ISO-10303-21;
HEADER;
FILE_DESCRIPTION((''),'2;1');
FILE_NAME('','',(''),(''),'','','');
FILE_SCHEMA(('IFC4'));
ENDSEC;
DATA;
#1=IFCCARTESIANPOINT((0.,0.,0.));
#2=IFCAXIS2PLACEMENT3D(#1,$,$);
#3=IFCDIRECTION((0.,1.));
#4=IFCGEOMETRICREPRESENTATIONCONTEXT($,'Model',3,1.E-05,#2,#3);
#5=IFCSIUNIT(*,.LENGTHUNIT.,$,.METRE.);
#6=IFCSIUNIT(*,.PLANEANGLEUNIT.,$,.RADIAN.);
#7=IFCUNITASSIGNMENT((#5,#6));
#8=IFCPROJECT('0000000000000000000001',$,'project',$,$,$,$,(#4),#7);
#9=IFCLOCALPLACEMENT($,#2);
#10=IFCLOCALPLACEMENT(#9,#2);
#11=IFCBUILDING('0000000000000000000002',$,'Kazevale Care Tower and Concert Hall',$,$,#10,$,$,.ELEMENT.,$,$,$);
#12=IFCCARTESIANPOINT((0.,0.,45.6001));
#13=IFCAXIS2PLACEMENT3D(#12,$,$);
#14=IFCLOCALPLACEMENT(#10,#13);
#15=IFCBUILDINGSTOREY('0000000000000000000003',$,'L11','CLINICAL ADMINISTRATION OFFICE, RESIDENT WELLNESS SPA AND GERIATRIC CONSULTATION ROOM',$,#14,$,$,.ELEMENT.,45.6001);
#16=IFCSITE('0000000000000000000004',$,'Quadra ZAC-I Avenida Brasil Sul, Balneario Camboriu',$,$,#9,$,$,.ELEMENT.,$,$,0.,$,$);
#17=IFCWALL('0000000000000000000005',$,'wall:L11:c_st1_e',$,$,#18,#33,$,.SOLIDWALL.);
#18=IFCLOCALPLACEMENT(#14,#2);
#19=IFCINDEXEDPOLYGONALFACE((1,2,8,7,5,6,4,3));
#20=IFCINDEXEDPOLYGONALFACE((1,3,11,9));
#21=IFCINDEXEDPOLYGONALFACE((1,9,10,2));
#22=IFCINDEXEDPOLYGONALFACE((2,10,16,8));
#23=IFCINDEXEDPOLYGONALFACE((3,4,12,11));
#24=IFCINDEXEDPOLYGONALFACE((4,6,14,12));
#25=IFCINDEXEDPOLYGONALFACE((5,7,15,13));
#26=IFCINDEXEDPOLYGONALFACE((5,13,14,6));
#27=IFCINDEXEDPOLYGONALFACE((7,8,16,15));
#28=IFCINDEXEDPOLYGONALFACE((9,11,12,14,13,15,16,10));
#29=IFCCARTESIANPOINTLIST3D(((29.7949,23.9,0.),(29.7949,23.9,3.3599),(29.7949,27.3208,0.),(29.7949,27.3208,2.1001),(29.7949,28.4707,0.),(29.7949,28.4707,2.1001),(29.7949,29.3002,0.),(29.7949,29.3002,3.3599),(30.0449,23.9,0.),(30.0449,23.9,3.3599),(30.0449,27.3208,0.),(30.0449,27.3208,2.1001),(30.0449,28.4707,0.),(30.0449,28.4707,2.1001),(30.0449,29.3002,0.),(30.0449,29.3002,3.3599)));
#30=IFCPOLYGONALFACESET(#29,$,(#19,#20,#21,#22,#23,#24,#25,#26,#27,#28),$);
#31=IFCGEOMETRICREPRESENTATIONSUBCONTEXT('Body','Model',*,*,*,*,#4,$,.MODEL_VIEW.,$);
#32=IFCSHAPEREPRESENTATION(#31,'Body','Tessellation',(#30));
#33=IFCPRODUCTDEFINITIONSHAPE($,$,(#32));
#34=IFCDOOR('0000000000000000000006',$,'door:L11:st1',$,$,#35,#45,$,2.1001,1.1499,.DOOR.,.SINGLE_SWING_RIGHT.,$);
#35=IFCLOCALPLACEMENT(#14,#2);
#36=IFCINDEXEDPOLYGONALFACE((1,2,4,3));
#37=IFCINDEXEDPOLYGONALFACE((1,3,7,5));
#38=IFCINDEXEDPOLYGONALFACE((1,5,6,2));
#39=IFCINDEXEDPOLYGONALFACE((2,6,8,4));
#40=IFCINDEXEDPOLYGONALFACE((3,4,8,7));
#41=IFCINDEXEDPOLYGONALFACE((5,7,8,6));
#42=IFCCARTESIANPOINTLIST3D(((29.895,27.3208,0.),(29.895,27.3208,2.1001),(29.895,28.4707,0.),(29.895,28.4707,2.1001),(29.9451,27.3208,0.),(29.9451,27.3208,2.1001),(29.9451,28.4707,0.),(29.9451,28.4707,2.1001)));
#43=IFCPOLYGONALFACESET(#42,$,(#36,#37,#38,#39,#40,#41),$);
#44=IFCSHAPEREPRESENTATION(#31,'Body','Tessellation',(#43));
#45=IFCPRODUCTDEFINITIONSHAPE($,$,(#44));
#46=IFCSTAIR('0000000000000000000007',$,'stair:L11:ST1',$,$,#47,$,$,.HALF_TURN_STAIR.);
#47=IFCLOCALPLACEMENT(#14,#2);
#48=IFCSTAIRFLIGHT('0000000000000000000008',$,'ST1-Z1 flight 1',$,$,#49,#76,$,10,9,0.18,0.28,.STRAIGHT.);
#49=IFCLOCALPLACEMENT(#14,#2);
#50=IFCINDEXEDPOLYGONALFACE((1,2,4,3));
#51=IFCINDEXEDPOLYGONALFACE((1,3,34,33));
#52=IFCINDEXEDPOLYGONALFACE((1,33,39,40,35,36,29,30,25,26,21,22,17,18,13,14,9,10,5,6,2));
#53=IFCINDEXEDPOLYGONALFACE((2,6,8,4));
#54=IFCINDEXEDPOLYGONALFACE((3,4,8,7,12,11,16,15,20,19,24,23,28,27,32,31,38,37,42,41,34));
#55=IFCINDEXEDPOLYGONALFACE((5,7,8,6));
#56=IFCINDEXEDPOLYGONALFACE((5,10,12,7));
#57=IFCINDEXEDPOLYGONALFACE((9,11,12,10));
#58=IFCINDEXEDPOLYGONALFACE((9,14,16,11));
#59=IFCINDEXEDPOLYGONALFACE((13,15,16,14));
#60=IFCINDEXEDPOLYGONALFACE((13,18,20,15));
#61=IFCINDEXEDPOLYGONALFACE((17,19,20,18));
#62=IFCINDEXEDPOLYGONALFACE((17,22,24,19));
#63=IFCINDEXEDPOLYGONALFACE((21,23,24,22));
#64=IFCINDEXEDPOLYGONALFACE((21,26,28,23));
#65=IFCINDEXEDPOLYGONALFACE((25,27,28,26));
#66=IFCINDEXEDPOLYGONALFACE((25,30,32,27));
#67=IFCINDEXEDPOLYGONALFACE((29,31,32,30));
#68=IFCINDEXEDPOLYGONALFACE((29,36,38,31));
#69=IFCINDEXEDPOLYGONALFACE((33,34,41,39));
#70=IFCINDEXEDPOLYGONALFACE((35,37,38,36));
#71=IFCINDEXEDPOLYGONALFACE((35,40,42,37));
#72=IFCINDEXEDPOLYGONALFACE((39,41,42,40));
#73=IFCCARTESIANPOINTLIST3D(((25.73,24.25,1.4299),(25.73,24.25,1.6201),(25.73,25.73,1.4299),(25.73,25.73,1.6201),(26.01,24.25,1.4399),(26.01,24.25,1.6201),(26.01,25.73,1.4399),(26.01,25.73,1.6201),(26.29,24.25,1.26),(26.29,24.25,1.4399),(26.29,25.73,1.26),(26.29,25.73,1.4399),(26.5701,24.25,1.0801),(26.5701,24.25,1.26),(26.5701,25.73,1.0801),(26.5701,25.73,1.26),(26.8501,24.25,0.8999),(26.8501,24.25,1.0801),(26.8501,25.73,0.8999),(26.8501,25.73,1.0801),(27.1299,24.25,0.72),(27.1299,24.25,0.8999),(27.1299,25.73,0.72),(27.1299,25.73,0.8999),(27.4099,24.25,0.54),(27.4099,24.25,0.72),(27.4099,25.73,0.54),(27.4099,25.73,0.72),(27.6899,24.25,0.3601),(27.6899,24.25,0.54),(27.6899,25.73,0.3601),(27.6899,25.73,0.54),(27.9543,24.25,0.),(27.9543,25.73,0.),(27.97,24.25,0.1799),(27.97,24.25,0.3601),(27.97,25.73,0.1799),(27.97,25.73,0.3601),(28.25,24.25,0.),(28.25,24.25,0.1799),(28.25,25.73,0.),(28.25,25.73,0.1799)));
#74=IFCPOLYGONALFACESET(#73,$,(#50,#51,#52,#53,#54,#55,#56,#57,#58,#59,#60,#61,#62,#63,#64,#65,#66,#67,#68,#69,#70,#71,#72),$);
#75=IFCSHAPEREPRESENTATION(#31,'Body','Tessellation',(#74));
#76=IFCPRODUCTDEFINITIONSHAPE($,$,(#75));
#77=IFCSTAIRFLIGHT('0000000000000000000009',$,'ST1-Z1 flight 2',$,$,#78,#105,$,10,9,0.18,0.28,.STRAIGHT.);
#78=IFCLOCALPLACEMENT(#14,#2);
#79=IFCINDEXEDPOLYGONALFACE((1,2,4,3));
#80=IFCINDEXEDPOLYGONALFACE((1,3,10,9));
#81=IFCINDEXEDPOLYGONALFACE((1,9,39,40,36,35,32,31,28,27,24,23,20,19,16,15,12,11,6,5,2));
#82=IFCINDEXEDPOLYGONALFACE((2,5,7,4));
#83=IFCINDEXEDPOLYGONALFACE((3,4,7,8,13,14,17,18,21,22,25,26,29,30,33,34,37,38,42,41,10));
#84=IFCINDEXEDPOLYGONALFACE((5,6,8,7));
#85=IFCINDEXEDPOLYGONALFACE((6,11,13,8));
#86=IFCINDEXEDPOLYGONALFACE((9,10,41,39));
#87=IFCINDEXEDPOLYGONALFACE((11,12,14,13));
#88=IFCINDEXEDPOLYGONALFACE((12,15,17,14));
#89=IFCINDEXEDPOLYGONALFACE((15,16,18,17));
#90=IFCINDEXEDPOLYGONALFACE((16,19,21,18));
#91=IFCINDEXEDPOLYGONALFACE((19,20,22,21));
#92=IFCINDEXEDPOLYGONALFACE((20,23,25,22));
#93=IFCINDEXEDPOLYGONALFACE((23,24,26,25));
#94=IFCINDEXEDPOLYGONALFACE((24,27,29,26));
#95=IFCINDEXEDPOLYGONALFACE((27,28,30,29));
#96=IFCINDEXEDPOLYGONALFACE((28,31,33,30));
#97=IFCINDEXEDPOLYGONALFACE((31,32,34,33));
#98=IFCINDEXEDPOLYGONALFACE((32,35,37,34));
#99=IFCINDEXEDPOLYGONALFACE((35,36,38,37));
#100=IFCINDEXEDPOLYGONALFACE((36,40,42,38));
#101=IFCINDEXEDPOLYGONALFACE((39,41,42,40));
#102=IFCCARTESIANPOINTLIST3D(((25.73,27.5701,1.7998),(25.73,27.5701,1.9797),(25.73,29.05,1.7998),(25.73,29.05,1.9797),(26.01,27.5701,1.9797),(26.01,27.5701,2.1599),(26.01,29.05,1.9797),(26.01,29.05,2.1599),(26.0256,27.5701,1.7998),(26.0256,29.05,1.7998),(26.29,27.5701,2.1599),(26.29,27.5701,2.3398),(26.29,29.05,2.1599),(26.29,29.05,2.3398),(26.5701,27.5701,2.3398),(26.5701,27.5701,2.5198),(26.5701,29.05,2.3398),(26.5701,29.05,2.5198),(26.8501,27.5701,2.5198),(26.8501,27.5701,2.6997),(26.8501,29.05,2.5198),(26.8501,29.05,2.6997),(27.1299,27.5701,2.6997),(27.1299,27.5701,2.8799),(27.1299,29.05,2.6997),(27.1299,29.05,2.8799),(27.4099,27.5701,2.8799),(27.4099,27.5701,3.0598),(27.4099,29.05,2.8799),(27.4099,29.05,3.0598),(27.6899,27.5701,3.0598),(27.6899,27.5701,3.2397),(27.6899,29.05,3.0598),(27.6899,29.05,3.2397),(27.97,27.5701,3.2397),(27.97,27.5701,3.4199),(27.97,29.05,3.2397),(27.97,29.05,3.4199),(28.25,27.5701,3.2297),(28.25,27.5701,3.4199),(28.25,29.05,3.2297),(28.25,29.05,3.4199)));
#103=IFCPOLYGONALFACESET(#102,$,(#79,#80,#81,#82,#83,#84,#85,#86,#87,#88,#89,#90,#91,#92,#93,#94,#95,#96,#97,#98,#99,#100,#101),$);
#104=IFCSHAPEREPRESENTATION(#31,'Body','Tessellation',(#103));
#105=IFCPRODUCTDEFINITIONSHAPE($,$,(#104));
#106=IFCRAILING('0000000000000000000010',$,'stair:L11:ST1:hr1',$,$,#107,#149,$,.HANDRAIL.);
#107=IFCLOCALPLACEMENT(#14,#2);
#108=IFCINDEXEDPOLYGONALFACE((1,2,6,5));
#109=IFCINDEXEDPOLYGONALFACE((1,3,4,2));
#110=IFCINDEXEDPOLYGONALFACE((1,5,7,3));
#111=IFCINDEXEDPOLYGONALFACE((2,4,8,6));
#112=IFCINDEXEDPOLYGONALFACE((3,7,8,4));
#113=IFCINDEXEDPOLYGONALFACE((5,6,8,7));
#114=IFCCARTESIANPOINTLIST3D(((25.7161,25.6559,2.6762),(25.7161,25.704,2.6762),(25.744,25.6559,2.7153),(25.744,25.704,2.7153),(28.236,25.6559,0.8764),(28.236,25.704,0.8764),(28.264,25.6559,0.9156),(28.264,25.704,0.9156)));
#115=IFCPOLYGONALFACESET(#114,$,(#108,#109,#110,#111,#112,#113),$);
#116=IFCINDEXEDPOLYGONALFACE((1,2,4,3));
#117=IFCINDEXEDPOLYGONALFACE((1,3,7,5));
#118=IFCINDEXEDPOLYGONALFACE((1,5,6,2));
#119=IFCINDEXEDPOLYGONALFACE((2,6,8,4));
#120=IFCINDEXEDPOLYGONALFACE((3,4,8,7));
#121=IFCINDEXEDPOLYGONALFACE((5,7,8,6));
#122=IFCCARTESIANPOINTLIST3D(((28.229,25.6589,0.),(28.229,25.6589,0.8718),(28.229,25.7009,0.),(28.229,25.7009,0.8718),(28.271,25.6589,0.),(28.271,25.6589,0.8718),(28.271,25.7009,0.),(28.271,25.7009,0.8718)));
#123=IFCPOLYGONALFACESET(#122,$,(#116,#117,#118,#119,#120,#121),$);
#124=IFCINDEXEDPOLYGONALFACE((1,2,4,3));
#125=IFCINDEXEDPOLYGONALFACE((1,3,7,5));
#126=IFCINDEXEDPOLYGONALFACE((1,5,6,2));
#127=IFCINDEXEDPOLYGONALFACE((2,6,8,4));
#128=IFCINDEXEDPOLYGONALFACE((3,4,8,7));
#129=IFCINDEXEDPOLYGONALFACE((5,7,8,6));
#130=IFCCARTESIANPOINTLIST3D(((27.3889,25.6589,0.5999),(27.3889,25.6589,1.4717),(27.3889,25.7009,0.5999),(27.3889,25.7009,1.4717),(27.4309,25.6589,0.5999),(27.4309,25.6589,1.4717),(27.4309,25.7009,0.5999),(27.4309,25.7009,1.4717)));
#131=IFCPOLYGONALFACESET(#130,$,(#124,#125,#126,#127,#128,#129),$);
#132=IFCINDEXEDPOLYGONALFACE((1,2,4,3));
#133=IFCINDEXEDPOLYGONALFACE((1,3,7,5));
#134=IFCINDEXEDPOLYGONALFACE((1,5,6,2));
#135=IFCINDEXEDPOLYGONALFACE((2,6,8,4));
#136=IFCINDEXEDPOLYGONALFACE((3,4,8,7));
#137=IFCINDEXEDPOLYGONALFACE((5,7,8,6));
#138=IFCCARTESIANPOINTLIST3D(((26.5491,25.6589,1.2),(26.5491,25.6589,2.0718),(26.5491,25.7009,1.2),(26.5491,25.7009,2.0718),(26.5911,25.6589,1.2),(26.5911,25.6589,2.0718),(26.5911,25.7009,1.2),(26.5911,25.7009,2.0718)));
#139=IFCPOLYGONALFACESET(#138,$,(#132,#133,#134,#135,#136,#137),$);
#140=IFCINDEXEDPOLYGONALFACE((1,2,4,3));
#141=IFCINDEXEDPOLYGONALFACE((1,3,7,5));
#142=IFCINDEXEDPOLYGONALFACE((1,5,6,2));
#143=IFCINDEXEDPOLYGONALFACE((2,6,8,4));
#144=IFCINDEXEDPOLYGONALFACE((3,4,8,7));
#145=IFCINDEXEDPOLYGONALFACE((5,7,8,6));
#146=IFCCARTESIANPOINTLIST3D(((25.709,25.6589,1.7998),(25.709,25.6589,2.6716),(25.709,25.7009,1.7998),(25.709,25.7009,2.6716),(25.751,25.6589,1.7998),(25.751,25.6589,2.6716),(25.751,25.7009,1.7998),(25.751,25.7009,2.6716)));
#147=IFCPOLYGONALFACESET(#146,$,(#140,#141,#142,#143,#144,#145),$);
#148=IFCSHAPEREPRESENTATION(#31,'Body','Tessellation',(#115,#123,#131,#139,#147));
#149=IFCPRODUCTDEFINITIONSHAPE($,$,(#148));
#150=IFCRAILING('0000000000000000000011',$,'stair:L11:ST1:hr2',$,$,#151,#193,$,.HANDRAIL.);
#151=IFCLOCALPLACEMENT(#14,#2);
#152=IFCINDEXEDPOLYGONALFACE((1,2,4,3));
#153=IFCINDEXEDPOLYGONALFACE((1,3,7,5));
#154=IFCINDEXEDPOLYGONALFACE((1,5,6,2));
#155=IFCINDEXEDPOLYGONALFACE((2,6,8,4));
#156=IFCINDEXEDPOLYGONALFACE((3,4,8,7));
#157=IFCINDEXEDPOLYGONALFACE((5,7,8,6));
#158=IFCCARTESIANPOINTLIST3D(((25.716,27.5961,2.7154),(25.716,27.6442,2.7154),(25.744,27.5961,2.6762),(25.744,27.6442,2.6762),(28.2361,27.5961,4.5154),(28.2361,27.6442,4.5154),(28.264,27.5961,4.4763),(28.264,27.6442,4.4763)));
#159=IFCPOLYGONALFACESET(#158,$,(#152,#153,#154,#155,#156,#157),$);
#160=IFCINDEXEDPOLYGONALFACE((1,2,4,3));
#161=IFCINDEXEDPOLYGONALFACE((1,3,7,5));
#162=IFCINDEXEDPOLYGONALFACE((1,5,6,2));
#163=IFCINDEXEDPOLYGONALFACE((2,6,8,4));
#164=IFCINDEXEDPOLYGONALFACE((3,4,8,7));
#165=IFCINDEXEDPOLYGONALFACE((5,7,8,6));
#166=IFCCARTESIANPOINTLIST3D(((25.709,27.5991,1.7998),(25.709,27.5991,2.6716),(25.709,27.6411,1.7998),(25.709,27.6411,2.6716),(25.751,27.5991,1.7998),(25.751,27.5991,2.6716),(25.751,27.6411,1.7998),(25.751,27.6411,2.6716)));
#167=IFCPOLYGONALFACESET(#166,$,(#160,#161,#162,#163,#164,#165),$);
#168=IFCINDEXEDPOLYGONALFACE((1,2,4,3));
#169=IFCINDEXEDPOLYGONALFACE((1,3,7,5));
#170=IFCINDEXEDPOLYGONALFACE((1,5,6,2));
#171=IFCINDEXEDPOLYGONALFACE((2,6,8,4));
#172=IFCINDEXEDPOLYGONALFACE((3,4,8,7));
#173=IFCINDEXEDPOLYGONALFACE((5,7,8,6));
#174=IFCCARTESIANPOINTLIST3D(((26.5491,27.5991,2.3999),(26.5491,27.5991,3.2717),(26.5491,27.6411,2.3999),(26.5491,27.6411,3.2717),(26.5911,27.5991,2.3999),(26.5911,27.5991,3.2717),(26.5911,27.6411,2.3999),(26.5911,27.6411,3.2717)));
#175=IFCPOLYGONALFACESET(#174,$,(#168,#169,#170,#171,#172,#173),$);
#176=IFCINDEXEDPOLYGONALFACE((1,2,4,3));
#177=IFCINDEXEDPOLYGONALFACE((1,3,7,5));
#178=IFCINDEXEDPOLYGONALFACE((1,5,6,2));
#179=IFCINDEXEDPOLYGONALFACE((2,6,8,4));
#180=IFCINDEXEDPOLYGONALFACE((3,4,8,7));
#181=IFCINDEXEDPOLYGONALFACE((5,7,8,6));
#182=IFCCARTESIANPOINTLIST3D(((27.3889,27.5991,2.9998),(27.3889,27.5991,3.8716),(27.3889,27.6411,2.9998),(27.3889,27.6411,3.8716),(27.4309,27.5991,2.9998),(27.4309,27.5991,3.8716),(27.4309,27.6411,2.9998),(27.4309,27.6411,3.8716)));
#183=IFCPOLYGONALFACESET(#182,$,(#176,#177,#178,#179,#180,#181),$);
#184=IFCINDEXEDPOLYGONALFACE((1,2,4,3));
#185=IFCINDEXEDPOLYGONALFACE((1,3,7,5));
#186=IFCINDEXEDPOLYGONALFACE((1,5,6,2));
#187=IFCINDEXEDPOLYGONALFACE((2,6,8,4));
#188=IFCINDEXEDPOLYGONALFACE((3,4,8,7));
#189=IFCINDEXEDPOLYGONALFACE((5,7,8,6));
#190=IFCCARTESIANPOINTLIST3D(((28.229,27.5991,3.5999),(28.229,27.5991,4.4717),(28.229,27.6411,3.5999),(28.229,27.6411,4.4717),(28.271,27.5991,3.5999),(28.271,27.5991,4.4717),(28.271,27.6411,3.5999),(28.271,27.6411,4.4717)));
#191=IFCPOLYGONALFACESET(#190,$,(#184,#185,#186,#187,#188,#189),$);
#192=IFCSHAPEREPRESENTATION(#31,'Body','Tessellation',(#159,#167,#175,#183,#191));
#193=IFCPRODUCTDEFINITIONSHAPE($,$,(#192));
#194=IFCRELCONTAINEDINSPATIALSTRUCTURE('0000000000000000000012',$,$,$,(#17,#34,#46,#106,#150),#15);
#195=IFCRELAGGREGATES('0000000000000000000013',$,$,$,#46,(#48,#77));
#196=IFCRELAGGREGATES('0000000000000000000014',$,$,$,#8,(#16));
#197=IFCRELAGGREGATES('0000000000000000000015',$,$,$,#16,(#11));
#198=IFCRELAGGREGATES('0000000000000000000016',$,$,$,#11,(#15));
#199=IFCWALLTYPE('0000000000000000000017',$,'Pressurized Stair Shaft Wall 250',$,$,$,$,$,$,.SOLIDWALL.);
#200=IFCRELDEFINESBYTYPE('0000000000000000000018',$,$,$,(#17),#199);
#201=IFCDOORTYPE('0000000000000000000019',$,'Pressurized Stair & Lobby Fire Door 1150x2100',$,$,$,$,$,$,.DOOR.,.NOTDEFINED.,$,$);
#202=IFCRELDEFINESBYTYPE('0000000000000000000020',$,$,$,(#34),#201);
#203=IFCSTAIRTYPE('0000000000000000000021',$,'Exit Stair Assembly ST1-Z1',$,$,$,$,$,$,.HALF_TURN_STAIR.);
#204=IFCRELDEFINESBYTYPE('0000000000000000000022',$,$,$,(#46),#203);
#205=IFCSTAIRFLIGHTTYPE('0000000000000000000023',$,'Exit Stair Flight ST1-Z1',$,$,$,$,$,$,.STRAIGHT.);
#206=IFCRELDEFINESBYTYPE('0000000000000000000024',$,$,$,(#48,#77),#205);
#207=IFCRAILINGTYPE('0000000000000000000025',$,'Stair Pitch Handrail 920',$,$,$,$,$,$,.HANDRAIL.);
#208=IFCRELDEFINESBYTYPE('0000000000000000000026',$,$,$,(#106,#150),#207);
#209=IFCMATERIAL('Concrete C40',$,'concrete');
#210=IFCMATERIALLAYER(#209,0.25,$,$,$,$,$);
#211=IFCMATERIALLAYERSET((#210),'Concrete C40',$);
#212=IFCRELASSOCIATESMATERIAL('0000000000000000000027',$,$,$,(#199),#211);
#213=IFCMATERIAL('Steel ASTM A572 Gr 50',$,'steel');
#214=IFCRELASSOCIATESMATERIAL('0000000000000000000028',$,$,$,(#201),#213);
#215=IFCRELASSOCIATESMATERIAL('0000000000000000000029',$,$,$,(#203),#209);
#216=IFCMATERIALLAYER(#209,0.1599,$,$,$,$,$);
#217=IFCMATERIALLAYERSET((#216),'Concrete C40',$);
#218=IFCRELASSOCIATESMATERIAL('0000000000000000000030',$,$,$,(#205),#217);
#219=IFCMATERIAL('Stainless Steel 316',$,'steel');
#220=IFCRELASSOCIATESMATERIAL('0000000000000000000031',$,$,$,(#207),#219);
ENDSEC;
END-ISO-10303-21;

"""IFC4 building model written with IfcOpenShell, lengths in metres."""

from ifc_helpers import new_model, si_unit, direction, frame, frame_2d, origin, origin_2d, place, context, subcontext, project, spatial, polyline, rectangle, outline, extrude, material, layer, layer_set, type_object, element, fill, aggregate, save


model = new_model("IFC4")

# Units and contexts
model_context = context("Model", 3, precision=1e-05, world=origin(), true_north=direction((0.0, 1.0)))
body_context = subcontext(model_context, "Body", "Model", "MODEL_VIEW")
ifc_project = project(units=[si_unit("LENGTHUNIT", "METRE"), si_unit("PLANEANGLEUNIT", "RADIAN")], contexts=[model_context])

# Site, building, storey
site_placement = place(None, origin())
site = spatial("IfcSite", under=ifc_project, at=site_placement, Name="Quadra ZAC-I Avenida Brasil Sul, Balneario Camboriu", CompositionType="ELEMENT", RefElevation=0.0)
building_placement = place(site_placement, origin())
building = spatial("IfcBuilding", under=site, at=building_placement, Name="Kazevale Care Tower and Concert Hall", CompositionType="ELEMENT")
storey_placement = place(building_placement, frame((0.0, 0.0, 45.6001)))
storey = spatial("IfcBuildingStorey", under=building, at=storey_placement, Name="L11", Description="CLINICAL ADMINISTRATION OFFICE, RESIDENT WELLNESS SPA AND GERIATRIC CONSULTATION ROOM", CompositionType="ELEMENT", Elevation=45.6001)

# Shared definitions
ifc_material_1 = material(Name="Steel ASTM A572 Gr 50", Category="steel")

# Shared definitions
ifc_material_2 = material(Name="Concrete C40", Category="concrete")
ifc_material_3 = material(Name="Stainless Steel 316", Category="steel")

# Wall, opening, door
ifc_layer_1 = layer(ifc_material_2, 0.25)
ifc_layer_set_1 = layer_set([ifc_layer_1], Name="Concrete C40")
wall_type_1 = type_object("IfcWallType", Name="Pressurized Stair Shaft Wall 250", PredefinedType="SOLIDWALL", material=ifc_layer_set_1)
wall_1_placement = place(storey_placement, frame((29.9199, 23.8999, 0.0), z_axis=(0.0, 0.0, 1.0), x_axis=(0.0, 1.0, 0.0)))
wall_1 = element("IfcWall", 1, at=wall_1_placement, inside=storey, type_object=wall_type_1, Name="wall:L11:c_st1_e", PredefinedType="SOLIDWALL", context=body_context, shape_type="SweptSolid", body=[
    extrude(rectangle(XDim=5.4001, YDim=0.25, at=frame_2d((2.7002, 0.0))), origin(), (0.0, 0.0, 1.0), 3.3599),
])
opening_1_placement = place(wall_1_placement, frame((3.4209, 0.0, 0.0)))
opening_1 = element("IfcOpeningElement", 2, at=opening_1_placement, cuts=wall_1, PredefinedType="OPENING", context=body_context, shape_type="SweptSolid", body=[
    extrude(rectangle(XDim=1.1499, YDim=2.1001, at=frame_2d((0.575, 1.05))), frame((0.0, 0.135, 0.0), z_axis=(0.0, -1.0, 0.0), x_axis=(1.0, 0.0, 0.0)), (0.0, 0.0, 1.0), 0.27),
])
door_type_1 = type_object("IfcDoorType", Name="Pressurized Stair & Lobby Fire Door 1150x2100", OperationType="NOTDEFINED", PredefinedType="DOOR", material=ifc_material_1)
door_1_placement = place(opening_1_placement, origin())
door_1 = element("IfcDoor", 3, at=door_1_placement, inside=storey, type_object=door_type_1, Name="door:L11:st1", OperationType="SINGLE_SWING_RIGHT", OverallHeight=2.1001, OverallWidth=1.1499, PredefinedType="DOOR", context=body_context, shape_type="SweptSolid", body=[
    extrude(rectangle(XDim=1.1499, YDim=2.1001, at=frame_2d((0.575, 1.05))), frame((0.0, 0.0249, 0.0), z_axis=(0.0, -1.0, 0.0), x_axis=(1.0, 0.0, 0.0)), (0.0, 0.0, 1.0), 0.05),
])
fill(opening_1, door_1)

# Stair, stair flights
stair_type = type_object("IfcStairType", Name="Exit Stair Assembly ST1-Z1", PredefinedType="HALF_TURN_STAIR", material=ifc_material_2)
stair_placement = place(storey_placement, origin())
stair = element("IfcStair", 4, at=stair_placement, inside=storey, type_object=stair_type, Name="stair:L11:ST1", PredefinedType="HALF_TURN_STAIR")
ifc_layer_2 = layer(ifc_material_2, 0.1599)
ifc_layer_set_2 = layer_set([ifc_layer_2], Name="Concrete C40")
stair_flight_type = type_object("IfcStairFlightType", Name="Exit Stair Flight ST1-Z1", PredefinedType="STRAIGHT", material=ifc_layer_set_2)
stair_flight_1_placement = place(storey_placement, frame((28.25, 24.99, 0.0), z_axis=(0.0, 0.0, 1.0), x_axis=(-1.0, 0.0, 0.0)))
stair_flight_1 = element("IfcStairFlight", 5, at=stair_flight_1_placement, type_object=stair_flight_type, Name="ST1-Z1 flight 1", NumberOfRisers=10, NumberOfTreads=9, PredefinedType="STRAIGHT", RiserHeight=0.18, TreadLength=0.28, context=body_context, shape_type="SweptSolid", body=[
    extrude(outline(polyline([(0.0, 0.0), (0.0, 0.1799), (0.28, 0.1799), (0.28, 0.3601), (0.5601, 0.3601), (0.5601, 0.54), (0.8401, 0.54), (0.8401, 0.72), (1.1201, 0.72), (1.1201, 0.8999), (1.3999, 0.8999), (1.3999, 1.0801), (1.6799, 1.0801), (1.6799, 1.26), (1.96, 1.26), (1.96, 1.4399), (2.24, 1.4399), (2.24, 1.6201), (2.52, 1.6201), (2.52, 1.8), (2.52, 1.4299), (0.2957, 0.0), (0.0, 0.0)])), frame((0.0, 0.74, 0.0), z_axis=(0.0, -1.0, 0.0), x_axis=(1.0, 0.0, 0.0)), (0.0, 0.0, 1.0), 1.48),
])
stair_flight_2_placement = place(storey_placement, frame((25.73, 28.3101, 1.7998), z_axis=(0.0, 0.0, 1.0), x_axis=(1.0, 0.0, 0.0)))
stair_flight_2 = element("IfcStairFlight", 6, at=stair_flight_2_placement, type_object=stair_flight_type, Name="ST1-Z1 flight 2", NumberOfRisers=10, NumberOfTreads=9, PredefinedType="STRAIGHT", RiserHeight=0.18, TreadLength=0.28, context=body_context, shape_type="SweptSolid", body=[
    extrude(outline(polyline([(0.0, 0.0), (0.0, 0.1799), (0.28, 0.1799), (0.28, 0.3601), (0.5601, 0.3601), (0.5601, 0.54), (0.8401, 0.54), (0.8401, 0.72), (1.1201, 0.72), (1.1201, 0.8999), (1.3999, 0.8999), (1.3999, 1.0801), (1.6799, 1.0801), (1.6799, 1.26), (1.96, 1.26), (1.96, 1.4399), (2.24, 1.4399), (2.24, 1.6201), (2.52, 1.6201), (2.52, 1.8), (2.52, 1.4299), (0.2957, 0.0), (0.0, 0.0)])), frame((0.0, 0.74, 0.0), z_axis=(0.0, -1.0, 0.0), x_axis=(1.0, 0.0, 0.0)), (0.0, 0.0, 1.0), 1.48),
])
aggregate(stair, [stair_flight_1, stair_flight_2])

# Railings
railing_type_1 = type_object("IfcRailingType", Name="Stair Pitch Handrail 920", PredefinedType="HANDRAIL", material=ifc_material_3)
railing_1_placement = place(storey_placement, frame((28.25, 25.6799, 0.0)))
element("IfcRailing", 7, at=railing_1_placement, inside=storey, type_object=railing_type_1, Name="stair:L11:ST1:hr1", PredefinedType="HANDRAIL", context=body_context, shape_type="SweptSolid", body=[
    extrude(rectangle(XDim=0.0481, YDim=0.0481, at=origin_2d()), frame((0.0, 0.0, 0.896), z_axis=(-0.813765, 0.0, 0.581193), x_axis=(0.0, -1.0, 0.0)), (0.0, 0.0, 1.0), 3.0967),
    extrude(rectangle(XDim=0.042, YDim=0.042, at=origin_2d()), origin(), (0.0, 0.0, 1.0), 0.8718),
    extrude(rectangle(XDim=0.042, YDim=0.042, at=origin_2d()), frame((-0.8401, 0.0, 0.5999)), (0.0, 0.0, 1.0), 0.8718),
    extrude(rectangle(XDim=0.042, YDim=0.042, at=origin_2d()), frame((-1.6799, 0.0, 1.2)), (0.0, 0.0, 1.0), 0.8718),
    extrude(rectangle(XDim=0.042, YDim=0.042, at=origin_2d()), frame((-2.52, 0.0, 1.7998)), (0.0, 0.0, 1.0), 0.8718),
])
railing_2_placement = place(storey_placement, frame((25.73, 27.6201, 1.7998)))
element("IfcRailing", 8, at=railing_2_placement, inside=storey, type_object=railing_type_1, Name="stair:L11:ST1:hr2", PredefinedType="HANDRAIL", context=body_context, shape_type="SweptSolid", body=[
    extrude(rectangle(XDim=0.0481, YDim=0.0481, at=origin_2d()), frame((0.0, 0.0, 0.896), z_axis=(0.813728, 0.0, 0.581246), x_axis=(0.0, 1.0, 0.0)), (0.0, 0.0, 1.0), 3.0969),
    extrude(rectangle(XDim=0.042, YDim=0.042, at=origin_2d()), origin(), (0.0, 0.0, 1.0), 0.8718),
    extrude(rectangle(XDim=0.042, YDim=0.042, at=origin_2d()), frame((0.8401, 0.0, 0.6001)), (0.0, 0.0, 1.0), 0.8718),
    extrude(rectangle(XDim=0.042, YDim=0.042, at=origin_2d()), frame((1.6799, 0.0, 1.2)), (0.0, 0.0, 1.0), 0.8718),
    extrude(rectangle(XDim=0.042, YDim=0.042, at=origin_2d()), frame((2.52, 0.0, 1.8)), (0.0, 0.0, 1.0), 0.8718),
])

save(model, "model.ifc")
